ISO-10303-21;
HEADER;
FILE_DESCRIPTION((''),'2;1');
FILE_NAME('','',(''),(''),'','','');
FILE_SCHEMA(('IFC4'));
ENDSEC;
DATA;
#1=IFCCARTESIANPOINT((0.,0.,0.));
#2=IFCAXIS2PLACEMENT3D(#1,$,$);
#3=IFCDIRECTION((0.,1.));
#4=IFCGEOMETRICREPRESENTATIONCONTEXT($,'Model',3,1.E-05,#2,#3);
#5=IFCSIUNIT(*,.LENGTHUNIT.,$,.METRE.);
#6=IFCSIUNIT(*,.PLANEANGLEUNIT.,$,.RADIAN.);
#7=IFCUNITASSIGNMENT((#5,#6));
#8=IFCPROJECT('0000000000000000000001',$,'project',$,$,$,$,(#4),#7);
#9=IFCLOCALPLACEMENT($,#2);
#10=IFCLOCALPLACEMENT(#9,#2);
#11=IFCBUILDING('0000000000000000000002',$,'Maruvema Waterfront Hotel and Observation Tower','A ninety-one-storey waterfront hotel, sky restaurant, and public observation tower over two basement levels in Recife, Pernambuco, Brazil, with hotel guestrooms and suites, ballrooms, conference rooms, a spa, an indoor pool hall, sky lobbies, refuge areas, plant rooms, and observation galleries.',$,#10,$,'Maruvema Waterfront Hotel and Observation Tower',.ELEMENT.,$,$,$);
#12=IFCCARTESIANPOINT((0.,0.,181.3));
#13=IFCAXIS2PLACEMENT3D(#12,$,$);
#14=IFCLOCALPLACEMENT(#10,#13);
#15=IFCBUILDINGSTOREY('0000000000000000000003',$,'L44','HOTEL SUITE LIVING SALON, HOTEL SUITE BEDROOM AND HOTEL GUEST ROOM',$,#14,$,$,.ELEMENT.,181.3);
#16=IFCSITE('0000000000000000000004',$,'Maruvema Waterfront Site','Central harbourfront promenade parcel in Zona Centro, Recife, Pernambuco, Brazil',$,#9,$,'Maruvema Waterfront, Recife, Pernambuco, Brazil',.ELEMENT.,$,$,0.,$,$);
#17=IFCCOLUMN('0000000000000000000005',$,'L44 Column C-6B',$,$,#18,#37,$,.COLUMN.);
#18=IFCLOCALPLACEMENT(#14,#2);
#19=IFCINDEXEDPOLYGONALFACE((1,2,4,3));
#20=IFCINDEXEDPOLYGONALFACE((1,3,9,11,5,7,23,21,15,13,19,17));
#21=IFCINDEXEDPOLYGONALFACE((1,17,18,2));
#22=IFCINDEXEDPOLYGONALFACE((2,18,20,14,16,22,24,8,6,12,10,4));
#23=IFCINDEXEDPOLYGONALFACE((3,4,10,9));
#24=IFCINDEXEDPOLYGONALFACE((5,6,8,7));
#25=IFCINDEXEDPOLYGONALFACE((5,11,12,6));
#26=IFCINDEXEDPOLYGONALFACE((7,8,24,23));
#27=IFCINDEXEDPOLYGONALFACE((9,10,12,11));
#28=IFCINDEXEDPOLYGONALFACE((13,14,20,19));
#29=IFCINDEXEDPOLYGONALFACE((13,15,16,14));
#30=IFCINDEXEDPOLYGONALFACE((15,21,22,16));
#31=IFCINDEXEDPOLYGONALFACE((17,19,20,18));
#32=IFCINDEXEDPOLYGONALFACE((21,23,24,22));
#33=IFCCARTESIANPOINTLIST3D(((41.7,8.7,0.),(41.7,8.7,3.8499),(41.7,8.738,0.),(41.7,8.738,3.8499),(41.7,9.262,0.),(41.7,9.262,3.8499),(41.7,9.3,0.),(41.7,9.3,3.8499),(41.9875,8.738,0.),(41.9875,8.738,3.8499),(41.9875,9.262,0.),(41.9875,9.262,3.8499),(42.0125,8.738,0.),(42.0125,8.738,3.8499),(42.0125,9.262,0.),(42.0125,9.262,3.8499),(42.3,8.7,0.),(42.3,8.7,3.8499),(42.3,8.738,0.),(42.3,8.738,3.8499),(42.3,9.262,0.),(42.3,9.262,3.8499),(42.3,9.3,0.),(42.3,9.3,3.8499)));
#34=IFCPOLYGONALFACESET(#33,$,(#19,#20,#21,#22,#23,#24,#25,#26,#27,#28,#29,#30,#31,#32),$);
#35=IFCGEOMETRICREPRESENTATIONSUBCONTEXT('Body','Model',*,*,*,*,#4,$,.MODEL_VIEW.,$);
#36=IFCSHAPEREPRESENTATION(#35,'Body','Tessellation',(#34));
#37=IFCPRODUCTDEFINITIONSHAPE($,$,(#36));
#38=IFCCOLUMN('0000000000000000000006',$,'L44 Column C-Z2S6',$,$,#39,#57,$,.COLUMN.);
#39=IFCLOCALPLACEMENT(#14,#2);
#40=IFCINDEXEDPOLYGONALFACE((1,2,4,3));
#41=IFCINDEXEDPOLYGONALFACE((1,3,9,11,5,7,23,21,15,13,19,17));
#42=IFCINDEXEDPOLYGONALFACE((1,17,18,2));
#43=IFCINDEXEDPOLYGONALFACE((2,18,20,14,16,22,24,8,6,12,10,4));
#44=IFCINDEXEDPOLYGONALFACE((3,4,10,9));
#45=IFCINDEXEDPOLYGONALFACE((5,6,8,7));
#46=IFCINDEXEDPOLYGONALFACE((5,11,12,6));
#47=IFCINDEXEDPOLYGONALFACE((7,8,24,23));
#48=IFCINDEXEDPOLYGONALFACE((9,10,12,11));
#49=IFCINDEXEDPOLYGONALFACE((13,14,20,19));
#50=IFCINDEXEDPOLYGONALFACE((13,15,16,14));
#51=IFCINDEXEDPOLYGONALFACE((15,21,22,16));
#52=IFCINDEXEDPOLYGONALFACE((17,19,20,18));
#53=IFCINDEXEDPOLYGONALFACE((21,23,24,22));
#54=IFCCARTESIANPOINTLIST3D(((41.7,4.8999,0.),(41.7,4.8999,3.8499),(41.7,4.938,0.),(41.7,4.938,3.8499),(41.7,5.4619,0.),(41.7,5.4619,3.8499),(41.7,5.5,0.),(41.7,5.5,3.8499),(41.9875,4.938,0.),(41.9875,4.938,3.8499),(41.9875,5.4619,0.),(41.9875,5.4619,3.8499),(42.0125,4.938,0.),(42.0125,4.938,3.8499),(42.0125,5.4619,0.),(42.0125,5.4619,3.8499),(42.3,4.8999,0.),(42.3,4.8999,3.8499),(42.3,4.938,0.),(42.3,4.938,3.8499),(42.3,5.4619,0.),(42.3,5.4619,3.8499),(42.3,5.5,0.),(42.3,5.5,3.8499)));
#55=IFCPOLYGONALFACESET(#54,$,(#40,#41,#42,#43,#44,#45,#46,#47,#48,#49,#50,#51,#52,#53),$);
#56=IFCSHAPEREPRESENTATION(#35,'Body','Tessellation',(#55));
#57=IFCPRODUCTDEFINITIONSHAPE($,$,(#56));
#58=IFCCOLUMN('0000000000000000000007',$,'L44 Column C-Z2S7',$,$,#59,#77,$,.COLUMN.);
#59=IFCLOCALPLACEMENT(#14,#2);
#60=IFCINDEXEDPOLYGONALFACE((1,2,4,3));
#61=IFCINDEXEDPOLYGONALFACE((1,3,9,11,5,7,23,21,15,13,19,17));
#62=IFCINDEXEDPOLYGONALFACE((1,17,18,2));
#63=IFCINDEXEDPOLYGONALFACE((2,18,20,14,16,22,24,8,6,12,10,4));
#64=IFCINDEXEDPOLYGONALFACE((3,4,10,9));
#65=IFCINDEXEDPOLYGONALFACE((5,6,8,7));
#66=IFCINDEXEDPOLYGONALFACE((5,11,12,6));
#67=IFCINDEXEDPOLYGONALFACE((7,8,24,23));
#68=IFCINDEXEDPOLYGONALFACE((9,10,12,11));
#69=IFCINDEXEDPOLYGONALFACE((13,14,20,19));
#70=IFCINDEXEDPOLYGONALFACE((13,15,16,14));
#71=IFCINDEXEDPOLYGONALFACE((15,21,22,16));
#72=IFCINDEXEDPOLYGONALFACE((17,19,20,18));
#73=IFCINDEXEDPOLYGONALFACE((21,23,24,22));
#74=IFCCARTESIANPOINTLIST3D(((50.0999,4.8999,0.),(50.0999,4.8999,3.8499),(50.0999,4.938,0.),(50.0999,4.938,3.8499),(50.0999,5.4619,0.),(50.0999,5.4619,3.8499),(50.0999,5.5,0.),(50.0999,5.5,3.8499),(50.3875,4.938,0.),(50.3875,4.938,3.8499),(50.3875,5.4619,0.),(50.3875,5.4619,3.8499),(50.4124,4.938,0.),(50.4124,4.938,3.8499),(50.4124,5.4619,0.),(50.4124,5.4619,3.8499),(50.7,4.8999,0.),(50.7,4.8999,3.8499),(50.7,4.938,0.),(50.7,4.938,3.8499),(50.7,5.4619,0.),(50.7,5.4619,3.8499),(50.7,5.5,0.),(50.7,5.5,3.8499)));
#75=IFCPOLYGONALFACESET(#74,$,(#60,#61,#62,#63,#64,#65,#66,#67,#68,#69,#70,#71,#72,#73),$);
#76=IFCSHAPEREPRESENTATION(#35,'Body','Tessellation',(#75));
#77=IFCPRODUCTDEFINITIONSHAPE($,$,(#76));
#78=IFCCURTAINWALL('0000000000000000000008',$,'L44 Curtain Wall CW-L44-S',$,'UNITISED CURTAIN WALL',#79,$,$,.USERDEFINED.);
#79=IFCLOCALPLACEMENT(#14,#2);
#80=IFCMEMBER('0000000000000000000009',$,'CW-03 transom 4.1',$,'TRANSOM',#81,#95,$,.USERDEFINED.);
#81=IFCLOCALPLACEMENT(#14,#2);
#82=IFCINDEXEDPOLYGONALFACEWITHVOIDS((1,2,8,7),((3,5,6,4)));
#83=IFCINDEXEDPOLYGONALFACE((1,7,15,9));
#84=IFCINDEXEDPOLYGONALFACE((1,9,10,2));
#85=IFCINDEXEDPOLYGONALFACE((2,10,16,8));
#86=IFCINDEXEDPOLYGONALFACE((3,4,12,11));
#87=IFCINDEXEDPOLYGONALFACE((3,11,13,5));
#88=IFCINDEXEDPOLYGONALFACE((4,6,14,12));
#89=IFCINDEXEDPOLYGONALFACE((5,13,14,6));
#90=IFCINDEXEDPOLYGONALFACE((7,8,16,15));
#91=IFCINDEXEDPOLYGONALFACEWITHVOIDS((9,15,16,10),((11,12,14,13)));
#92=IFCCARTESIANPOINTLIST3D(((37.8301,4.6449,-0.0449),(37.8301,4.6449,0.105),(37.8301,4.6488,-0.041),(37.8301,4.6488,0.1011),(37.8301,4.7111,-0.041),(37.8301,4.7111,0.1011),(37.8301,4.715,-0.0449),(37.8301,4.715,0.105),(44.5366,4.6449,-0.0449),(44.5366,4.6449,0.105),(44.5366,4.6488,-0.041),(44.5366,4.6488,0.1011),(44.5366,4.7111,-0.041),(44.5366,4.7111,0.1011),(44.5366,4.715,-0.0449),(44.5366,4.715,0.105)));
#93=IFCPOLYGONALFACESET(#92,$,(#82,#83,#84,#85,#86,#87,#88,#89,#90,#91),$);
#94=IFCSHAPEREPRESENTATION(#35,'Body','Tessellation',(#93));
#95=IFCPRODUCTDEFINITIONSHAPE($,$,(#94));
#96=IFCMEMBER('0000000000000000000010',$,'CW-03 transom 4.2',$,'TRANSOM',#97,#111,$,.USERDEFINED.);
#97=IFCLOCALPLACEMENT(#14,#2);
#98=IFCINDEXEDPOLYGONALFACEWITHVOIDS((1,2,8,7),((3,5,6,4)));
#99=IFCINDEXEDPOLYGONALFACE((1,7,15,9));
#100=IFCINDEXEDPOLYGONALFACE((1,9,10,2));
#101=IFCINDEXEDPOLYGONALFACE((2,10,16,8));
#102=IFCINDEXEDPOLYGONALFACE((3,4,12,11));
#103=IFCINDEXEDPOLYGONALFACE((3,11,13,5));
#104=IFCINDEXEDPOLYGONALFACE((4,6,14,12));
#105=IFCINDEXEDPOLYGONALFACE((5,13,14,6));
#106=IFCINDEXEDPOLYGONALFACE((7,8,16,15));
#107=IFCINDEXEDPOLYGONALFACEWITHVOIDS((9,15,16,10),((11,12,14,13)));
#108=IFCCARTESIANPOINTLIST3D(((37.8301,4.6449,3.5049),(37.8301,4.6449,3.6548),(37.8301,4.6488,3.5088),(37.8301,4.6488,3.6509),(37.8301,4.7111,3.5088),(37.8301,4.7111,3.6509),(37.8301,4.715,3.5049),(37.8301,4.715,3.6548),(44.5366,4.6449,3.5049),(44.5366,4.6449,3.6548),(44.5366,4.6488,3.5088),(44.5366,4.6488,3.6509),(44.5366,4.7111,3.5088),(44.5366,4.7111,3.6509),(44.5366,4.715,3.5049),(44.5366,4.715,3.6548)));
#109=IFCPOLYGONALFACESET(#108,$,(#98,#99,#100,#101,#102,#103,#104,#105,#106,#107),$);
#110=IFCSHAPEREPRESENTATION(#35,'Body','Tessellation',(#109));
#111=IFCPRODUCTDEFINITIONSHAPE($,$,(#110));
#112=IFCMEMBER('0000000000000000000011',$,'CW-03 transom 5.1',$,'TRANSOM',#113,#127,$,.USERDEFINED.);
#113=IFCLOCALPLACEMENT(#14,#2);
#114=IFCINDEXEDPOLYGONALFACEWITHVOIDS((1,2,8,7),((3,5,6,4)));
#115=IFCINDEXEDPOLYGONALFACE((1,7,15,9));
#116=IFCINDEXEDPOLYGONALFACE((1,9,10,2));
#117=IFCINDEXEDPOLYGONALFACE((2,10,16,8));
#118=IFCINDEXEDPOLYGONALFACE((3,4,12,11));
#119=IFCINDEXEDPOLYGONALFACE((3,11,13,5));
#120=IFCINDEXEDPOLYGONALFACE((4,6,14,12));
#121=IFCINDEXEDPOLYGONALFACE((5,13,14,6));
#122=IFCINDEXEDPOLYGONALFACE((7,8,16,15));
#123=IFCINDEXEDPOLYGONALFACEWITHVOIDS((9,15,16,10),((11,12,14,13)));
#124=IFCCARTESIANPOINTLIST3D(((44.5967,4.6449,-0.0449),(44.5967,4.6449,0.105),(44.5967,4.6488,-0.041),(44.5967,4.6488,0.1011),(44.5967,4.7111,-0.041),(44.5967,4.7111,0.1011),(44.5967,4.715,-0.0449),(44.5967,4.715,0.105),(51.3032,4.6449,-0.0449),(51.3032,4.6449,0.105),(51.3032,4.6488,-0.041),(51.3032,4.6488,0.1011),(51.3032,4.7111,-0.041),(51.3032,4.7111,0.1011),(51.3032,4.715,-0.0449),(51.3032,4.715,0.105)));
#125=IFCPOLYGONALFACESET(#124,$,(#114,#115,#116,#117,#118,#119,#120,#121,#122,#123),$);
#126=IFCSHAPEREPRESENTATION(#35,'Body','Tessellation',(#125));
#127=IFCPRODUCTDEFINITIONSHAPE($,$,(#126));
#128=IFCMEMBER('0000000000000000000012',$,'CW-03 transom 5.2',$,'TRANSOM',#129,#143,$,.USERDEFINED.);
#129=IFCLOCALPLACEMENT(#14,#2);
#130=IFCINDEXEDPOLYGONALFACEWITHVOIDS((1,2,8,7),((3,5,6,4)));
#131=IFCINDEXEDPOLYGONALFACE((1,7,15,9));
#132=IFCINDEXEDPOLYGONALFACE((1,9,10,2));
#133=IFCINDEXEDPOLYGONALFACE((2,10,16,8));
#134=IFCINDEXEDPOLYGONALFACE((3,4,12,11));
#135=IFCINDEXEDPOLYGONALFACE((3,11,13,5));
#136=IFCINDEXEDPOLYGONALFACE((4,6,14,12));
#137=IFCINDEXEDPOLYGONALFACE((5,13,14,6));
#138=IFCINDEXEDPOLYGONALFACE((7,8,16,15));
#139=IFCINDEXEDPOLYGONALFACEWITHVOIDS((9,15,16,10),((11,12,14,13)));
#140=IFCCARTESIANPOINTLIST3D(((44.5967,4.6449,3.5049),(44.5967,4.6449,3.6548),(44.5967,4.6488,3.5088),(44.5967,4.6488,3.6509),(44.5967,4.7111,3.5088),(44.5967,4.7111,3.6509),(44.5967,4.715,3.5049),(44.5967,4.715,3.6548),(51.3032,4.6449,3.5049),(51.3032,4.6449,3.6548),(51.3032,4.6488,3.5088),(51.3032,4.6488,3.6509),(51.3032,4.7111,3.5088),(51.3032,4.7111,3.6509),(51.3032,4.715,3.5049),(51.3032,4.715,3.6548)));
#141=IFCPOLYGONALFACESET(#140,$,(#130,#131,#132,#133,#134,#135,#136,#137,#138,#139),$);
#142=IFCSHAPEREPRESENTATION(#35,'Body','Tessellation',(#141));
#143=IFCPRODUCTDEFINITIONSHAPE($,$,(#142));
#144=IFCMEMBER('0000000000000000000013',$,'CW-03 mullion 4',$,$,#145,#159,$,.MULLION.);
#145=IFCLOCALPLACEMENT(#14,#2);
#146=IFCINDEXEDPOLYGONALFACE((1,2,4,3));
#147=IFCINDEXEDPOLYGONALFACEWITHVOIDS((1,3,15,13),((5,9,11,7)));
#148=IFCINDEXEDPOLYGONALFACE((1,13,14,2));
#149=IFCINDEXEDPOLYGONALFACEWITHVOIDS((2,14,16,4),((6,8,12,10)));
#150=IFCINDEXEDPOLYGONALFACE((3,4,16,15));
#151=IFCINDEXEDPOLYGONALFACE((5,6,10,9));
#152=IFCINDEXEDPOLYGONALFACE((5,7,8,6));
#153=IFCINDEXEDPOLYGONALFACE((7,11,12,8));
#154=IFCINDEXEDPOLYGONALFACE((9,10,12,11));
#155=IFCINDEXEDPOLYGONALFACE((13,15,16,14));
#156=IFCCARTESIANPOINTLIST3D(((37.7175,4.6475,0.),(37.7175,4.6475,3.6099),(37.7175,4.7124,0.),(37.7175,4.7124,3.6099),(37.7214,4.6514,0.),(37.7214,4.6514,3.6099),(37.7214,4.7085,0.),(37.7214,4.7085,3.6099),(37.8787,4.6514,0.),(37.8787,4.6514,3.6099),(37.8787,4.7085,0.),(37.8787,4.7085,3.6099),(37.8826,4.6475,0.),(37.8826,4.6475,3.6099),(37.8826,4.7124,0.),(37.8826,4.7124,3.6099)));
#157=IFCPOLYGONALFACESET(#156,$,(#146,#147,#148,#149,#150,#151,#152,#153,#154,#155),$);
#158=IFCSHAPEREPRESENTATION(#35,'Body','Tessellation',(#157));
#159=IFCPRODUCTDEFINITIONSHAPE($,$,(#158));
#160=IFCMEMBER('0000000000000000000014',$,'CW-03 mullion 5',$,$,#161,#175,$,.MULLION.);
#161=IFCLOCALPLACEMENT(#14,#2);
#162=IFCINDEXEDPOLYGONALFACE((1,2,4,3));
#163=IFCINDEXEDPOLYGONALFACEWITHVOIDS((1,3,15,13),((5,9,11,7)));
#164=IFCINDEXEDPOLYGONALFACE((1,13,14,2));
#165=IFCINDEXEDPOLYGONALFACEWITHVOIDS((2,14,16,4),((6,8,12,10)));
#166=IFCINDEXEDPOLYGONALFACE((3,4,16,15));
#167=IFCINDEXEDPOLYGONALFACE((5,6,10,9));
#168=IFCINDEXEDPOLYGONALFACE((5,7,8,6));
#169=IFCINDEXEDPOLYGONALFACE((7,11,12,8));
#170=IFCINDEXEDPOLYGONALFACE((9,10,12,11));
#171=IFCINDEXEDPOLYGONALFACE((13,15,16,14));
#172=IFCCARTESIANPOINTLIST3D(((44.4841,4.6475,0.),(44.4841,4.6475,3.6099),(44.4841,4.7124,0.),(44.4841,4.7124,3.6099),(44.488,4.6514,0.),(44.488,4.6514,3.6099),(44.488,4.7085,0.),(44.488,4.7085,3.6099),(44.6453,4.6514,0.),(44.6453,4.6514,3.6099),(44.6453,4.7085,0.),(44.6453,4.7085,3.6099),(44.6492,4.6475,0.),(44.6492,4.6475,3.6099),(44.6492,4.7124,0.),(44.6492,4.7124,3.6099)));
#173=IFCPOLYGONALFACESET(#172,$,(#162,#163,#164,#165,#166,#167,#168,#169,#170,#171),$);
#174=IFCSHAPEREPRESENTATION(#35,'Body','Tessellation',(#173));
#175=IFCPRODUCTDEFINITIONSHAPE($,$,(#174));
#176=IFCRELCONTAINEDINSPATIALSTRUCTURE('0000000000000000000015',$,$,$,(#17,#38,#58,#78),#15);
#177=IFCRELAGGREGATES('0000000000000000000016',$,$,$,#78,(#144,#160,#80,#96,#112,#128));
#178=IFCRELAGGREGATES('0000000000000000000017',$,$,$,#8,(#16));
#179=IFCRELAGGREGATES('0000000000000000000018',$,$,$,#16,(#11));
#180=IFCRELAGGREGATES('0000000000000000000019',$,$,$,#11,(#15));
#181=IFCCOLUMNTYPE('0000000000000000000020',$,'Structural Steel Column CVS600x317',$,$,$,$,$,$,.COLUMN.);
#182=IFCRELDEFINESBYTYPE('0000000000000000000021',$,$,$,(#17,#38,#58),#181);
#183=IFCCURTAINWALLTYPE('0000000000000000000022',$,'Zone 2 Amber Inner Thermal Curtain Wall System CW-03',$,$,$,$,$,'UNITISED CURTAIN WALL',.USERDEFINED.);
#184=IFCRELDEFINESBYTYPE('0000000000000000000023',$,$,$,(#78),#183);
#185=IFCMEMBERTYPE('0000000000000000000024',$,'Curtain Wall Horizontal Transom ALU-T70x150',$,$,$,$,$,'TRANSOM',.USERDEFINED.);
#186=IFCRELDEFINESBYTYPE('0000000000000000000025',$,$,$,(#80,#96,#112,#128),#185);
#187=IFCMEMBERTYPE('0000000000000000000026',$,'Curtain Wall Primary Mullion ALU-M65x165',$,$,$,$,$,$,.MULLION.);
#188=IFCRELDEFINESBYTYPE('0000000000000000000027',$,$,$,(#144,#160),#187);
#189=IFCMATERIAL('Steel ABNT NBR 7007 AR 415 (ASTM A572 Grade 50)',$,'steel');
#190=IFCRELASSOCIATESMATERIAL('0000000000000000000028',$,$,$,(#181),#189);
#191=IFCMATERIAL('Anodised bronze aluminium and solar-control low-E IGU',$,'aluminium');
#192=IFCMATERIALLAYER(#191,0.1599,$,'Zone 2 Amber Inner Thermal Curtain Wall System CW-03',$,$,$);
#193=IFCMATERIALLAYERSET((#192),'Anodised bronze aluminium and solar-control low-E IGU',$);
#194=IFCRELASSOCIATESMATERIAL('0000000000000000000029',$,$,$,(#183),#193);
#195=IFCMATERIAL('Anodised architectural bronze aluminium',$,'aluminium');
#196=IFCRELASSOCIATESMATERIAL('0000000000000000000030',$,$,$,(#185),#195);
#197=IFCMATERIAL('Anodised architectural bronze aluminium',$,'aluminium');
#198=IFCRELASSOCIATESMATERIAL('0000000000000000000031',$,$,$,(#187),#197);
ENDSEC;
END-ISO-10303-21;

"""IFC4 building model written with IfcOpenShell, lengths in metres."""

from ifc_helpers import new_model, si_unit, direction, frame, origin, origin_2d, place, context, subcontext, project, spatial, hollow_rectangle, i_section, extrude, material, layer, layer_set, material_profile, profile_set, type_object, element, aggregate, save


model = new_model("IFC4")

# Units and contexts
model_context = context("Model", 3, precision=1e-05, world=origin(), true_north=direction((0.0, 1.0)))
body_context = subcontext(model_context, "Body", "Model", "MODEL_VIEW")
ifc_project = project(units=[si_unit("LENGTHUNIT", "METRE"), si_unit("PLANEANGLEUNIT", "RADIAN")], contexts=[model_context])

# Site, building, storey
site_placement = place(None, origin())
site = spatial("IfcSite", under=ifc_project, at=site_placement, Name="Maruvema Waterfront Site", Description="Central harbourfront promenade parcel in Zona Centro, Recife, Pernambuco, Brazil", LongName="Maruvema Waterfront, Recife, Pernambuco, Brazil", CompositionType="ELEMENT", RefElevation=0.0)
building_placement = place(site_placement, origin())
building = spatial("IfcBuilding", under=site, at=building_placement, Name="Maruvema Waterfront Hotel and Observation Tower", Description="A ninety-one-storey waterfront hotel, sky restaurant, and public observation tower over two basement levels in Recife, Pernambuco, Brazil, with hotel guestrooms and suites, ballrooms, conference rooms, a spa, an indoor pool hall, sky lobbies, refuge areas, plant rooms, and observation galleries.", LongName="Maruvema Waterfront Hotel and Observation Tower", CompositionType="ELEMENT")
storey_placement = place(building_placement, frame((0.0, 0.0, 181.3)))
storey = spatial("IfcBuildingStorey", under=building, at=storey_placement, Name="L44", Description="HOTEL SUITE LIVING SALON, HOTEL SUITE BEDROOM AND HOTEL GUEST ROOM", CompositionType="ELEMENT", Elevation=181.3)

# Columns
ifc_material_1 = material(Name="Steel ABNT NBR 7007 AR 415 (ASTM A572 Grade 50)", Category="steel")
ifc_material_profile_1 = material_profile(ifc_material_1, i_section(OverallWidth=0.6001, OverallDepth=0.6001, WebThickness=0.0249, FlangeThickness=0.0381, at=origin_2d()), Name="CVS600x317")
ifc_profile_set_1 = profile_set([ifc_material_profile_1], Name="Steel ABNT NBR 7007 AR 415 (ASTM A572 Grade 50)")
column_type = type_object("IfcColumnType", Name="Structural Steel Column CVS600x317", PredefinedType="COLUMN", material=ifc_profile_set_1)
for number, where, z_axis, x_axis, name in (
    (1, (42.0, 9.0, 0.0), (0.0, 0.0, 1.0), (1.0, 0.0, 0.0), "L44 Column C-6B"),
    (2, (42.0, 5.2, 0.0), (0.0, 0.0, 1.0), (1.0, 0.0, 0.0), "L44 Column C-Z2S6"),
    (3, (50.3999, 5.2, 0.0), (0.0, 0.0, 1.0), (1.0, 0.0, 0.0), "L44 Column C-Z2S7"),
):
    element("IfcColumn", number, at=place(storey_placement, frame(where, z_axis=z_axis, x_axis=x_axis)), inside=storey, type_object=column_type, Name=name, PredefinedType="COLUMN", context=body_context, shape_type="SweptSolid", body=[
        extrude(i_section(OverallWidth=0.6001, OverallDepth=0.6001, WebThickness=0.0249, FlangeThickness=0.0381, at=origin_2d()), origin(), (0.0, 0.0, 1.0), 3.8499),
    ])

# Curtain wall, members
ifc_material_2 = material(Name="Anodised bronze aluminium and solar-control low-E IGU", Category="aluminium")
ifc_layer_1 = layer(ifc_material_2, 0.1599, Name="Zone 2 Amber Inner Thermal Curtain Wall System CW-03")
ifc_layer_set_1 = layer_set([ifc_layer_1], Name="Anodised bronze aluminium and solar-control low-E IGU")
curtain_wall_type = type_object("IfcCurtainWallType", Name="Zone 2 Amber Inner Thermal Curtain Wall System CW-03", ElementType="UNITISED CURTAIN WALL", PredefinedType="USERDEFINED", material=ifc_layer_set_1)
curtain_wall_placement = place(storey_placement, origin())
curtain_wall = element("IfcCurtainWall", 4, at=curtain_wall_placement, inside=storey, type_object=curtain_wall_type, Name="L44 Curtain Wall CW-L44-S", ObjectType="UNITISED CURTAIN WALL", PredefinedType="USERDEFINED")
ifc_material_3 = material(Name="Anodised architectural bronze aluminium", Category="aluminium")
ifc_material_profile_2 = material_profile(ifc_material_3, hollow_rectangle(XDim=0.0701, YDim=0.1499, WallThickness=0.0039, at=origin_2d()), Name="ALU-T70x150")
ifc_profile_set_2 = profile_set([ifc_material_profile_2], Name="Anodised architectural bronze aluminium")
member_type_1 = type_object("IfcMemberType", Name="Curtain Wall Horizontal Transom ALU-T70x150", ElementType="TRANSOM", PredefinedType="USERDEFINED", material=ifc_profile_set_2)
member_1_placement = place(storey_placement, frame((37.8301, 4.6799, 0.03), z_axis=(1.0, 0.0, 0.0), x_axis=(0.0, 1.0, 0.0)))
member_1 = element("IfcMember", 5, at=member_1_placement, type_object=member_type_1, Name="CW-03 transom 4.1", ObjectType="TRANSOM", PredefinedType="USERDEFINED", context=body_context, shape_type="SweptSolid", body=[
    extrude(hollow_rectangle(XDim=0.0701, YDim=0.1499, WallThickness=0.0039, at=origin_2d()), origin(), (0.0, 0.0, 1.0), 6.7065),
])
member_2_placement = place(storey_placement, frame((37.8301, 4.6799, 3.5798), z_axis=(1.0, 0.0, 0.0), x_axis=(0.0, 1.0, 0.0)))
member_2 = element("IfcMember", 6, at=member_2_placement, type_object=member_type_1, Name="CW-03 transom 4.2", ObjectType="TRANSOM", PredefinedType="USERDEFINED", context=body_context, shape_type="SweptSolid", body=[
    extrude(hollow_rectangle(XDim=0.0701, YDim=0.1499, WallThickness=0.0039, at=origin_2d()), origin(), (0.0, 0.0, 1.0), 6.7065),
])
member_3_placement = place(storey_placement, frame((44.5967, 4.6799, 0.03), z_axis=(1.0, 0.0, 0.0), x_axis=(0.0, 1.0, 0.0)))
member_3 = element("IfcMember", 7, at=member_3_placement, type_object=member_type_1, Name="CW-03 transom 5.1", ObjectType="TRANSOM", PredefinedType="USERDEFINED", context=body_context, shape_type="SweptSolid", body=[
    extrude(hollow_rectangle(XDim=0.0701, YDim=0.1499, WallThickness=0.0039, at=origin_2d()), origin(), (0.0, 0.0, 1.0), 6.7065),
])
member_4_placement = place(storey_placement, frame((44.5967, 4.6799, 3.5798), z_axis=(1.0, 0.0, 0.0), x_axis=(0.0, 1.0, 0.0)))
member_4 = element("IfcMember", 8, at=member_4_placement, type_object=member_type_1, Name="CW-03 transom 5.2", ObjectType="TRANSOM", PredefinedType="USERDEFINED", context=body_context, shape_type="SweptSolid", body=[
    extrude(hollow_rectangle(XDim=0.0701, YDim=0.1499, WallThickness=0.0039, at=origin_2d()), origin(), (0.0, 0.0, 1.0), 6.7065),
])
ifc_material_4 = material(Name="Anodised architectural bronze aluminium", Category="aluminium")
ifc_material_profile_3 = material_profile(ifc_material_4, hollow_rectangle(XDim=0.0649, YDim=0.165, WallThickness=0.0039, at=origin_2d()), Name="ALU-M65x165")
ifc_profile_set_3 = profile_set([ifc_material_profile_3], Name="Anodised architectural bronze aluminium")
member_type_2 = type_object("IfcMemberType", Name="Curtain Wall Primary Mullion ALU-M65x165", PredefinedType="MULLION", material=ifc_profile_set_3)
member_5_placement = place(storey_placement, frame((37.8, 4.6799, 0.0), z_axis=(0.0, 0.0, 1.0), x_axis=(0.0, 1.0, 0.0)))
member_5 = element("IfcMember", 9, at=member_5_placement, type_object=member_type_2, Name="CW-03 mullion 4", PredefinedType="MULLION", context=body_context, shape_type="SweptSolid", body=[
    extrude(hollow_rectangle(XDim=0.0649, YDim=0.165, WallThickness=0.0039, at=origin_2d()), origin(), (0.0, 0.0, 1.0), 3.6099),
])
member_6_placement = place(storey_placement, frame((44.5667, 4.6799, 0.0), z_axis=(0.0, 0.0, 1.0), x_axis=(0.0, 1.0, 0.0)))
member_6 = element("IfcMember", 10, at=member_6_placement, type_object=member_type_2, Name="CW-03 mullion 5", PredefinedType="MULLION", context=body_context, shape_type="SweptSolid", body=[
    extrude(hollow_rectangle(XDim=0.0649, YDim=0.165, WallThickness=0.0039, at=origin_2d()), origin(), (0.0, 0.0, 1.0), 3.6099),
])

aggregate(curtain_wall, [member_5, member_6, member_1, member_2, member_3, member_4])

save(model, "model.ifc")
